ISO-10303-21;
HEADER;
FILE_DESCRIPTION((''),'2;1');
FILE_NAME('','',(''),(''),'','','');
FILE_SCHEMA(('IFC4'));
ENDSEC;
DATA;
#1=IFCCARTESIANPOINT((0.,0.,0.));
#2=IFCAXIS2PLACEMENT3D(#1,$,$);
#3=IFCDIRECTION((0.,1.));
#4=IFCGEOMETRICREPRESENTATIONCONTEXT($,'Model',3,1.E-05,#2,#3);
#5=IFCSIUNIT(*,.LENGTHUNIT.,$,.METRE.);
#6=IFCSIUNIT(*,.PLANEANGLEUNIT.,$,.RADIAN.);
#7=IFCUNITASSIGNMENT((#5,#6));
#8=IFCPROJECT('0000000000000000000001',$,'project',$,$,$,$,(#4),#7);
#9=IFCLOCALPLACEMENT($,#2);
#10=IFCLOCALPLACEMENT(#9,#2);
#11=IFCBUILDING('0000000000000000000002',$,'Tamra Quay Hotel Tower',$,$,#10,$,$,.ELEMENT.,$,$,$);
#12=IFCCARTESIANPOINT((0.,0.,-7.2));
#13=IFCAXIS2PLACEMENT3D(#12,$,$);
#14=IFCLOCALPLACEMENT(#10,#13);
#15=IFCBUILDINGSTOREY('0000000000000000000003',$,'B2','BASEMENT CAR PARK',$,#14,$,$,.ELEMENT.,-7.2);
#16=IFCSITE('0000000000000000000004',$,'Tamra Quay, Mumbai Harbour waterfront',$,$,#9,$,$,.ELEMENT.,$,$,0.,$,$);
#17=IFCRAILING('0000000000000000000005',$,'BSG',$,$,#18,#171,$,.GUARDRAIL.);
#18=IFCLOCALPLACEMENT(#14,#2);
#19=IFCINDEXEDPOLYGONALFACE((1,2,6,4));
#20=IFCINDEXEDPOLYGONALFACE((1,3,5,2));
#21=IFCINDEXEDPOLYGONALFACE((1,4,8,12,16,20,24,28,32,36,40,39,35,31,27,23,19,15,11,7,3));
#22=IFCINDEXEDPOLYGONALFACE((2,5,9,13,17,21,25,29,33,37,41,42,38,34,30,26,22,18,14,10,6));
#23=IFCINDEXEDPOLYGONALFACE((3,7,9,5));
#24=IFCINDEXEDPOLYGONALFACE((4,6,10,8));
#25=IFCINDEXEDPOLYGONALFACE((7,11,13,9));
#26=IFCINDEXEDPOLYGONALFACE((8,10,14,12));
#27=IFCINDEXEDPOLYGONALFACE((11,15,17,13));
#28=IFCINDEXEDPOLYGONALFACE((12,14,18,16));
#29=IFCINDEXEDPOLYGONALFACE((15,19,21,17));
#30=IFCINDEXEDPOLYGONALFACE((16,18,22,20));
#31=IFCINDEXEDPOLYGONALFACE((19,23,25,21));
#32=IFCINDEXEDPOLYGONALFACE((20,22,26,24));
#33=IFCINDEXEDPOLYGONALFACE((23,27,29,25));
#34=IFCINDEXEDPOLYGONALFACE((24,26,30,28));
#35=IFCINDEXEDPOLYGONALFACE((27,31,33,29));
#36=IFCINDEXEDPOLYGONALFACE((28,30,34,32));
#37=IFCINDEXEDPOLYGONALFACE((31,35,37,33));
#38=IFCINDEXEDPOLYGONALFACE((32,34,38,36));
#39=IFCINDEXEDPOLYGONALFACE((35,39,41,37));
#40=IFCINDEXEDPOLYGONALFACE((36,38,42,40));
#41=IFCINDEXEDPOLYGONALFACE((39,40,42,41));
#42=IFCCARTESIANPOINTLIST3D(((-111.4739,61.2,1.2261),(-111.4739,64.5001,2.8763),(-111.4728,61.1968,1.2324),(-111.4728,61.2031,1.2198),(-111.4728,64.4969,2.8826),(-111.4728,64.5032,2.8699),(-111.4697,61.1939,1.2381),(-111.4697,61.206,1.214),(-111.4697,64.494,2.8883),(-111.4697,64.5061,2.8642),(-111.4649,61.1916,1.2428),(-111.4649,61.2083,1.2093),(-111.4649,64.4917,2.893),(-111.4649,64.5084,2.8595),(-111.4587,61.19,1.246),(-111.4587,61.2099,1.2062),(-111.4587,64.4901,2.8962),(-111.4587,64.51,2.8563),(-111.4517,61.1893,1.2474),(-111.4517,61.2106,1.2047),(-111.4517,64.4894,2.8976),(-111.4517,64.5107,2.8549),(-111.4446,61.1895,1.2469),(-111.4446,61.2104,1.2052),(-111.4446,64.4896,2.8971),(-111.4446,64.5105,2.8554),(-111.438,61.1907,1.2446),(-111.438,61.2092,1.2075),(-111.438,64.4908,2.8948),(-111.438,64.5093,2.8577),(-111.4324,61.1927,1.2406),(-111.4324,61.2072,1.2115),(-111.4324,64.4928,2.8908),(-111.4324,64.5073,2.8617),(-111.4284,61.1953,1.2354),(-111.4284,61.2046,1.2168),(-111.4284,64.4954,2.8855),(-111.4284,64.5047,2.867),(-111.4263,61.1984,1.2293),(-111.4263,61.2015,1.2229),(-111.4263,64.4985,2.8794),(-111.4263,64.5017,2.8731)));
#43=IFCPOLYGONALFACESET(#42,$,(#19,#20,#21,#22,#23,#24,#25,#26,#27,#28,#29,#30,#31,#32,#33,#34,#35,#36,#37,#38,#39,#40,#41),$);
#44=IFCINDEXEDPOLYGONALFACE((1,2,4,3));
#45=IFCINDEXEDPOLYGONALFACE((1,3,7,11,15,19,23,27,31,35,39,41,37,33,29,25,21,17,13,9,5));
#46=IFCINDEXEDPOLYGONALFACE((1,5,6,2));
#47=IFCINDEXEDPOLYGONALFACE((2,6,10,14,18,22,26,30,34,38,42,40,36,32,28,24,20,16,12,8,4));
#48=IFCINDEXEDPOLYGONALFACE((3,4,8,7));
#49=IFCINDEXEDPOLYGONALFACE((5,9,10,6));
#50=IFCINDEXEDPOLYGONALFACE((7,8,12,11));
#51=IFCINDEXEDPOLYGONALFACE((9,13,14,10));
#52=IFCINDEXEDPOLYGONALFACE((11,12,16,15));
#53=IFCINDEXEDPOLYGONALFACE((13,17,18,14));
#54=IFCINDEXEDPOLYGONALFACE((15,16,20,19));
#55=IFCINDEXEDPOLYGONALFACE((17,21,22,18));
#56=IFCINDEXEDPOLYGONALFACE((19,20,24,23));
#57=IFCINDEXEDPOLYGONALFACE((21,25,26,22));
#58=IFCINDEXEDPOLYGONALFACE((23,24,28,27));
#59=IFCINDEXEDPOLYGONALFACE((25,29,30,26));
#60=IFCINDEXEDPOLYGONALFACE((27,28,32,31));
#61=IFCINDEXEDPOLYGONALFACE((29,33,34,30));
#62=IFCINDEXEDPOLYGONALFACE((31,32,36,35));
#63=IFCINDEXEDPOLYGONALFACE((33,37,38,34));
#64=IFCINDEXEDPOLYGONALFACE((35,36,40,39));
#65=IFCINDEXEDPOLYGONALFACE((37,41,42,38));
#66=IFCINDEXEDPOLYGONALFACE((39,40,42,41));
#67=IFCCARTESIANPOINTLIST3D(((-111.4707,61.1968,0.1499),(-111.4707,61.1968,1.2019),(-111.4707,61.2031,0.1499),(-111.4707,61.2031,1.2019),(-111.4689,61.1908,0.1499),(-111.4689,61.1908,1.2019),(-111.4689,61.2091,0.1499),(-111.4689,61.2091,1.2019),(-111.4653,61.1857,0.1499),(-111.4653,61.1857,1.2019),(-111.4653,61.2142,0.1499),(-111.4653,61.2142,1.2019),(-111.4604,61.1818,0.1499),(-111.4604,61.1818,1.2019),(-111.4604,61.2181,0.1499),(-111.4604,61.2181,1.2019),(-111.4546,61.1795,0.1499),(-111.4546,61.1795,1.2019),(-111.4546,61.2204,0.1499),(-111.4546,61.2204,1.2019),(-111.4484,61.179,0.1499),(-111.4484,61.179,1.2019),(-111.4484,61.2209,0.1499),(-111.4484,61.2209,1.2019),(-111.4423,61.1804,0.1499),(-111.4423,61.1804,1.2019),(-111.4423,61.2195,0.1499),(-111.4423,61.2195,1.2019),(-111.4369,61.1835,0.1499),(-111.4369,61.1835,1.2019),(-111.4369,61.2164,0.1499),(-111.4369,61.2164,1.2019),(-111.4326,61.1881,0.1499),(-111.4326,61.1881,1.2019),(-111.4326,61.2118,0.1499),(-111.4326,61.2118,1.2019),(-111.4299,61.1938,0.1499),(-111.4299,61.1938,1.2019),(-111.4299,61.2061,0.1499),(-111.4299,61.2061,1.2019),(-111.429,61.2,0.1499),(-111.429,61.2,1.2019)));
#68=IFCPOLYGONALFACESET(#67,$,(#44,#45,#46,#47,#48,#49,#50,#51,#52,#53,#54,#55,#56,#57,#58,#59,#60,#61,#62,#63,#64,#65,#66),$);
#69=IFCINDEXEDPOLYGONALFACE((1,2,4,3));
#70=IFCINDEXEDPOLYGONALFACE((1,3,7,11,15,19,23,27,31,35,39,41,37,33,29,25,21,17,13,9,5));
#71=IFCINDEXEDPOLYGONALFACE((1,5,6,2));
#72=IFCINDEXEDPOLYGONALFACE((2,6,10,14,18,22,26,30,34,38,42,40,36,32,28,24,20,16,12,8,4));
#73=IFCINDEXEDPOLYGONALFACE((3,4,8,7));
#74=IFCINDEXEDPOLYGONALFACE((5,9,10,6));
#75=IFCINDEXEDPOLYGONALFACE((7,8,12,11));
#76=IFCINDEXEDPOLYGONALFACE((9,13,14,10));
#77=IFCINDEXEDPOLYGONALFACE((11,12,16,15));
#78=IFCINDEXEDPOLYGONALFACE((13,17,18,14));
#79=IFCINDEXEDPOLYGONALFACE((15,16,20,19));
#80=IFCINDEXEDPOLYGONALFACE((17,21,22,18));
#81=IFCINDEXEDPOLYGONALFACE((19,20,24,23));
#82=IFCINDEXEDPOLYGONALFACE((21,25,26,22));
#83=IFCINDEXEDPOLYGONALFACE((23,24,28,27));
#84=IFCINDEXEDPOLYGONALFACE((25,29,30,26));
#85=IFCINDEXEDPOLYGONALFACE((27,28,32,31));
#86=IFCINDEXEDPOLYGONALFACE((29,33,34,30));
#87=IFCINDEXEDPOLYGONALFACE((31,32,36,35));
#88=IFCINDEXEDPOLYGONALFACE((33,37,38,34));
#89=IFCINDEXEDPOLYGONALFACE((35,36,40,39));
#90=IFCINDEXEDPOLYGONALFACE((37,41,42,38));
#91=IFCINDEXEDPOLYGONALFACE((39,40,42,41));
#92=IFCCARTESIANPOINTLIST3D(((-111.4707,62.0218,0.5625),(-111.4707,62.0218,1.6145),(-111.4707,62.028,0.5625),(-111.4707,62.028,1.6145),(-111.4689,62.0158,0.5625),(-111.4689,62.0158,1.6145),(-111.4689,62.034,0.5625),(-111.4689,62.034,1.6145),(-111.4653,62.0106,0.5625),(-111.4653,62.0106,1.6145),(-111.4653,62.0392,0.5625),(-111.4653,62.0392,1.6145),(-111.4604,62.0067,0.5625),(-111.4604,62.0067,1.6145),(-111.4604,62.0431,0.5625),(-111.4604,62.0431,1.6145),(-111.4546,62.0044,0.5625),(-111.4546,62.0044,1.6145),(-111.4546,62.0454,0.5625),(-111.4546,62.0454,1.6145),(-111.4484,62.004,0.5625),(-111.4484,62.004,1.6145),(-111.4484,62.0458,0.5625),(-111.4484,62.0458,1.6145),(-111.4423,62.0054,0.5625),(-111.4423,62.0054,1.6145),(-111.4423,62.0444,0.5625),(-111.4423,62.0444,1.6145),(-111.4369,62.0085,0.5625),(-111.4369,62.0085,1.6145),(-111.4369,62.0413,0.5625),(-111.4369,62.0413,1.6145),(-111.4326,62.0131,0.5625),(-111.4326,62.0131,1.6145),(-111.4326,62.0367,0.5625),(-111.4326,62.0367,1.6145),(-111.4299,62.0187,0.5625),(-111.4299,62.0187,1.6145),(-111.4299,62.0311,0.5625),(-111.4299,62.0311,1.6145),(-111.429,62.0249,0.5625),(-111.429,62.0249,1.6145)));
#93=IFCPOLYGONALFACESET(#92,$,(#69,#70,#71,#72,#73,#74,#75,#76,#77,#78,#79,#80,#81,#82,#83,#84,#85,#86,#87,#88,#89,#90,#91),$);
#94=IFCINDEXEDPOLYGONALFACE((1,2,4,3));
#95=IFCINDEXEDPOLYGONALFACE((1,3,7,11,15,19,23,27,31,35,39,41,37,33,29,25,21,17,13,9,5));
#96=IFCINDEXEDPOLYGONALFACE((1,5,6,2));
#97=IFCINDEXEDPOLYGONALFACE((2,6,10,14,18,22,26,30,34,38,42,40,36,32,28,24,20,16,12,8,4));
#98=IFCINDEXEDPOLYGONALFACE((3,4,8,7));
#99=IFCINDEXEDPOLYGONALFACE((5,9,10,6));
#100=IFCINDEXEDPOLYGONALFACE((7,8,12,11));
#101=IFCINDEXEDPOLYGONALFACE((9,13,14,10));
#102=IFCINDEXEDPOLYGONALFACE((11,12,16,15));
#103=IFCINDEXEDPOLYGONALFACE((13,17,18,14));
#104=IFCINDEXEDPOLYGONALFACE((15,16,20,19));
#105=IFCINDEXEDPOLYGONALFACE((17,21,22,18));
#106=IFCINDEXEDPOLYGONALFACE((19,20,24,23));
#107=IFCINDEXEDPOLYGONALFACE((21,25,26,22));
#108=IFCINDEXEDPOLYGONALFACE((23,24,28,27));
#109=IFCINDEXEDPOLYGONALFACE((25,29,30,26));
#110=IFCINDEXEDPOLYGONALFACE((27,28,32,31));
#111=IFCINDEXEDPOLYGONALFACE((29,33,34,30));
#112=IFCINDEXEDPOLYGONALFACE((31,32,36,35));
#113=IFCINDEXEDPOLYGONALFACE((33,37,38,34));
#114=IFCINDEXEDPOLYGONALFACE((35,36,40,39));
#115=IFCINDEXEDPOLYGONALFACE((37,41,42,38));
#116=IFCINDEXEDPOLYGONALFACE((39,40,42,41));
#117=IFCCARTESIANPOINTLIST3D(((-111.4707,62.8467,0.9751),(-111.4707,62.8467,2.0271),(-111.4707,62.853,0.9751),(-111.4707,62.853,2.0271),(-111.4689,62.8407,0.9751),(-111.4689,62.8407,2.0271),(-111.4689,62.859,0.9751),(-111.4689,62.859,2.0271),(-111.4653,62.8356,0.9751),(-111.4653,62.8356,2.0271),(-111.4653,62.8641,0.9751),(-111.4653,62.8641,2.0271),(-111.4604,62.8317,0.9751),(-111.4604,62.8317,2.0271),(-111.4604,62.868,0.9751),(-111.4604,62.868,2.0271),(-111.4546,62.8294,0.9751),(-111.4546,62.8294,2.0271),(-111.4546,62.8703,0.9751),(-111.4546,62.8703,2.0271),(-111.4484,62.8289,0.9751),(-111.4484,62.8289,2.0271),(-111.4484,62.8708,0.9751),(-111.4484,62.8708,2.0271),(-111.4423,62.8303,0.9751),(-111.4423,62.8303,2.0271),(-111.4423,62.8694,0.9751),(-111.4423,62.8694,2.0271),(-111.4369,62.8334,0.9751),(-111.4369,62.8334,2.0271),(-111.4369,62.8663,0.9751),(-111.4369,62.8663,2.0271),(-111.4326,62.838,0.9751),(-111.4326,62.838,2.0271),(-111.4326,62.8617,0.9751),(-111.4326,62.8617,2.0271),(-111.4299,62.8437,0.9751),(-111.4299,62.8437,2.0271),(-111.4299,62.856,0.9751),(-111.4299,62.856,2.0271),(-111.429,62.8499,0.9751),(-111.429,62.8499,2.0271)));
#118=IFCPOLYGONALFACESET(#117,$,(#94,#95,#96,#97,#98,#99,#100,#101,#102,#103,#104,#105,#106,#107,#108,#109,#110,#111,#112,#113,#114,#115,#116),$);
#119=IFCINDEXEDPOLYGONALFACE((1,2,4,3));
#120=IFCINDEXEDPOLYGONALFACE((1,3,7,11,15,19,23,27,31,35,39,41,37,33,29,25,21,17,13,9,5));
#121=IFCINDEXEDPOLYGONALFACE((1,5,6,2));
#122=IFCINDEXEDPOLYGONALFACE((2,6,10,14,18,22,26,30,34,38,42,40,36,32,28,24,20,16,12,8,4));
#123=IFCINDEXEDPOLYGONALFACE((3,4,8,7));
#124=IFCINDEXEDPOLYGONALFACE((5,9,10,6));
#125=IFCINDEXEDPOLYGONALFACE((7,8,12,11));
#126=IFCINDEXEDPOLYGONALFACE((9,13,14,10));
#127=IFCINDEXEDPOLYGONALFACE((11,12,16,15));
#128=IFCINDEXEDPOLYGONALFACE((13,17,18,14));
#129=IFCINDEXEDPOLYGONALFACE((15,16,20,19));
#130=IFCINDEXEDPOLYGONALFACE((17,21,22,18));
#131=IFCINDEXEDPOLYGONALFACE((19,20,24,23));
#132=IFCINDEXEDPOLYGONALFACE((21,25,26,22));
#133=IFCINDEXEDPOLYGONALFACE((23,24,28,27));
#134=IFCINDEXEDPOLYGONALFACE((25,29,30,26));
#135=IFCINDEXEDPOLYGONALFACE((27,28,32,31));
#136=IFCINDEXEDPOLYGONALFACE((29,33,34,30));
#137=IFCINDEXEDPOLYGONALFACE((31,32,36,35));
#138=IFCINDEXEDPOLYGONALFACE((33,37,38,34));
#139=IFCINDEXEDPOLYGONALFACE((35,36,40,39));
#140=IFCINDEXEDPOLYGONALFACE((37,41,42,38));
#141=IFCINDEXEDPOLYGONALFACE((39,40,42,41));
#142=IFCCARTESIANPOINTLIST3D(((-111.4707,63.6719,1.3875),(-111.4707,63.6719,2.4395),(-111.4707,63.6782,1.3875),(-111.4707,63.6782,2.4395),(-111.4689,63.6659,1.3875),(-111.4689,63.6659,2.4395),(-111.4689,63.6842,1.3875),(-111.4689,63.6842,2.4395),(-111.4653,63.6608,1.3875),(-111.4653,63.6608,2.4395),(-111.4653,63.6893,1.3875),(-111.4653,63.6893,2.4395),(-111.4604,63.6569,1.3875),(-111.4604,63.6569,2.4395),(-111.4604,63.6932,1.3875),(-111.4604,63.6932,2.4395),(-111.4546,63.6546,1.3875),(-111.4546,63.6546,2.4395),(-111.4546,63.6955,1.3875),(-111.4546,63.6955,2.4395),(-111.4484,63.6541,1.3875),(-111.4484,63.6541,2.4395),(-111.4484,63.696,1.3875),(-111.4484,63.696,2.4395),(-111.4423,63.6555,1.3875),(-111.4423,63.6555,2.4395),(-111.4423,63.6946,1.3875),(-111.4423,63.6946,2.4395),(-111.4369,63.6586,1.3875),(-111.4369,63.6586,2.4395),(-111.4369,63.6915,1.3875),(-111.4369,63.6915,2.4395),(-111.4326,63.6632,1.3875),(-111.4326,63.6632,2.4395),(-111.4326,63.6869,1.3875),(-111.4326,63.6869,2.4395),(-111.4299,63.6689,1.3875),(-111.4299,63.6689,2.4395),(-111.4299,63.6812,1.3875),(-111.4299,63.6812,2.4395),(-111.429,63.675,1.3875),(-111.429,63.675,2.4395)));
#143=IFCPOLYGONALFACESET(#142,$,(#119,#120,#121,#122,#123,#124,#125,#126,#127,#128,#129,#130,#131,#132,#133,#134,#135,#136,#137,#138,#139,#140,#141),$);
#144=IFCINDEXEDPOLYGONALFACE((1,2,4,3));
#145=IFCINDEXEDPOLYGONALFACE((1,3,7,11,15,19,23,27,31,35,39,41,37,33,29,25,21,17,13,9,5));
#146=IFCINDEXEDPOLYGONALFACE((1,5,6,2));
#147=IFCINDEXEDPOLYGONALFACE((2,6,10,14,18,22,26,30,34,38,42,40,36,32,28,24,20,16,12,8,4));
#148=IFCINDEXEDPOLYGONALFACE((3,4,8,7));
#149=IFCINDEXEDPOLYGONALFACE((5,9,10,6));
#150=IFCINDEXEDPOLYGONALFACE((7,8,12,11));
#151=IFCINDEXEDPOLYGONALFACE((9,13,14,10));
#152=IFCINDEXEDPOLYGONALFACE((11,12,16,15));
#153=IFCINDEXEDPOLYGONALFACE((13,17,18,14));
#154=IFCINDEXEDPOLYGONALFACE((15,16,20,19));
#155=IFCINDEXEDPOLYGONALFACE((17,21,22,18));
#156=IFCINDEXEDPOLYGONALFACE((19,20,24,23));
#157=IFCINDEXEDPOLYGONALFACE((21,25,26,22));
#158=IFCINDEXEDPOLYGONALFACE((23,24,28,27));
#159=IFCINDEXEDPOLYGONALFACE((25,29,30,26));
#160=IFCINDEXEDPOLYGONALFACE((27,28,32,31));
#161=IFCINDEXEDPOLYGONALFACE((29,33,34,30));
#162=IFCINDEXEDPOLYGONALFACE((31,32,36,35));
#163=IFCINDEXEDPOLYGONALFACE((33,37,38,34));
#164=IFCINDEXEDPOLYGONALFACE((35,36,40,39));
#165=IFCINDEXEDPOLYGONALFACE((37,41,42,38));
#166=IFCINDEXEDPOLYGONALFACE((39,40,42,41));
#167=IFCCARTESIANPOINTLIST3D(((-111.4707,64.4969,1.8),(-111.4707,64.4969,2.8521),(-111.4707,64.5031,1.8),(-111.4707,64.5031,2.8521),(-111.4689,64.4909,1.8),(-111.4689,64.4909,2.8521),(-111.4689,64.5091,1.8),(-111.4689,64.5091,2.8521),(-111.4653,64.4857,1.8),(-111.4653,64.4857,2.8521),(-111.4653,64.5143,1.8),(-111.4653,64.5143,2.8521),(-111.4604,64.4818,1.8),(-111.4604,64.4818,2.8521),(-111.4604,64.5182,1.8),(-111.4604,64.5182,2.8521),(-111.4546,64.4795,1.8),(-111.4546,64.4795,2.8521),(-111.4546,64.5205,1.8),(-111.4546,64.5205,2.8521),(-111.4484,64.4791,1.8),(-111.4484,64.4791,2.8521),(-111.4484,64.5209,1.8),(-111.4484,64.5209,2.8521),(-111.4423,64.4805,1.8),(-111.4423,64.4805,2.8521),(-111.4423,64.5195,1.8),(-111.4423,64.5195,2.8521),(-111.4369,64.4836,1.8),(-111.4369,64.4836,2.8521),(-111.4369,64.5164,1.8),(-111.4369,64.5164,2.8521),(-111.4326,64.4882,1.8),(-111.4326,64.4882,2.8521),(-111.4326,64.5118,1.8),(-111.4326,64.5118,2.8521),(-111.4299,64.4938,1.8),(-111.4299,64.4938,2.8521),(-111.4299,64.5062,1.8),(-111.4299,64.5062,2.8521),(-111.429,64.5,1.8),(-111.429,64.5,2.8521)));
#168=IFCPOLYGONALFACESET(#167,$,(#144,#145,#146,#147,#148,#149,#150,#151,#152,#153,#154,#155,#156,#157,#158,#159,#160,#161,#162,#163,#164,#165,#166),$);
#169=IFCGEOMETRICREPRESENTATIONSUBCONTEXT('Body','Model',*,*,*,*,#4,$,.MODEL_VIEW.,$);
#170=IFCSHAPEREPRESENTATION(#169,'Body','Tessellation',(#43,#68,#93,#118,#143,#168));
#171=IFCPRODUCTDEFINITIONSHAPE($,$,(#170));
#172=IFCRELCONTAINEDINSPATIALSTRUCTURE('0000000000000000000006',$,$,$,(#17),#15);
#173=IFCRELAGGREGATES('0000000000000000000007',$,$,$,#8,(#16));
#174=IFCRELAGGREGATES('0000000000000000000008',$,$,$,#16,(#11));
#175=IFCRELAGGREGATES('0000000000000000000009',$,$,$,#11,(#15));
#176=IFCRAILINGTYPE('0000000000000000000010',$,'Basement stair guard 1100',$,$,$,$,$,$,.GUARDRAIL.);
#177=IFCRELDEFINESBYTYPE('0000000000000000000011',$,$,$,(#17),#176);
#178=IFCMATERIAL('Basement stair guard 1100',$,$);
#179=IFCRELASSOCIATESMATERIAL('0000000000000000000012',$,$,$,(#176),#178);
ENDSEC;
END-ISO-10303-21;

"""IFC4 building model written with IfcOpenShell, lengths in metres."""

from ifc_helpers import new_model, si_unit, direction, frame, origin, origin_2d, place, context, subcontext, project, spatial, circle, extrude, material, type_object, element, save


model = new_model("IFC4")

# Units and contexts
model_context = context("Model", 3, precision=1e-05, world=origin(), true_north=direction((0.0, 1.0)))
body_context = subcontext(model_context, "Body", "Model", "MODEL_VIEW")
ifc_project = project(units=[si_unit("LENGTHUNIT", "METRE"), si_unit("PLANEANGLEUNIT", "RADIAN")], contexts=[model_context])

# Site, building, storey
site_placement = place(None, origin())
site = spatial("IfcSite", under=ifc_project, at=site_placement, Name="Tamra Quay, Mumbai Harbour waterfront", CompositionType="ELEMENT", RefElevation=0.0)
building_placement = place(site_placement, origin())
building = spatial("IfcBuilding", under=site, at=building_placement, Name="Tamra Quay Hotel Tower", CompositionType="ELEMENT")
storey_placement = place(building_placement, frame((0.0, 0.0, -7.2)))
storey = spatial("IfcBuildingStorey", under=building, at=storey_placement, Name="B2", Description="BASEMENT CAR PARK", CompositionType="ELEMENT", Elevation=-7.2)

# Railing
ifc_material_1 = material(Name="Basement stair guard 1100")
railing_type_1 = type_object("IfcRailingType", Name="Basement stair guard 1100", PredefinedType="GUARDRAIL", material=ifc_material_1)
railing_1_placement = place(storey_placement, frame((-111.45, 61.2, 0.1499)))
element("IfcRailing", 1, at=railing_1_placement, inside=storey, type_object=railing_type_1, Name="BSG", PredefinedType="GUARDRAIL", context=body_context, shape_type="SweptSolid", body=[
    extrude(circle(Radius=0.0239, at=origin_2d()), frame((0.0, 0.0, 1.0762), z_axis=(0.0, 0.894414, 0.44724), x_axis=(-1.0, 0.0, 0.0)), (0.0, 0.0, 1.0), 3.6897),
    extrude(circle(Radius=0.021, at=origin_2d()), origin(), (0.0, 0.0, 1.0), 1.052),
    extrude(circle(Radius=0.021, at=origin_2d()), frame((0.0, 0.825, 0.4126)), (0.0, 0.0, 1.0), 1.052),
    extrude(circle(Radius=0.021, at=origin_2d()), frame((0.0, 1.6499, 0.8252)), (0.0, 0.0, 1.0), 1.052),
    extrude(circle(Radius=0.021, at=origin_2d()), frame((0.0, 2.4751, 1.2375)), (0.0, 0.0, 1.0), 1.052),
    extrude(circle(Radius=0.021, at=origin_2d()), frame((0.0, 3.3, 1.6501)), (0.0, 0.0, 1.0), 1.052),
])

save(model, "model.ifc")
